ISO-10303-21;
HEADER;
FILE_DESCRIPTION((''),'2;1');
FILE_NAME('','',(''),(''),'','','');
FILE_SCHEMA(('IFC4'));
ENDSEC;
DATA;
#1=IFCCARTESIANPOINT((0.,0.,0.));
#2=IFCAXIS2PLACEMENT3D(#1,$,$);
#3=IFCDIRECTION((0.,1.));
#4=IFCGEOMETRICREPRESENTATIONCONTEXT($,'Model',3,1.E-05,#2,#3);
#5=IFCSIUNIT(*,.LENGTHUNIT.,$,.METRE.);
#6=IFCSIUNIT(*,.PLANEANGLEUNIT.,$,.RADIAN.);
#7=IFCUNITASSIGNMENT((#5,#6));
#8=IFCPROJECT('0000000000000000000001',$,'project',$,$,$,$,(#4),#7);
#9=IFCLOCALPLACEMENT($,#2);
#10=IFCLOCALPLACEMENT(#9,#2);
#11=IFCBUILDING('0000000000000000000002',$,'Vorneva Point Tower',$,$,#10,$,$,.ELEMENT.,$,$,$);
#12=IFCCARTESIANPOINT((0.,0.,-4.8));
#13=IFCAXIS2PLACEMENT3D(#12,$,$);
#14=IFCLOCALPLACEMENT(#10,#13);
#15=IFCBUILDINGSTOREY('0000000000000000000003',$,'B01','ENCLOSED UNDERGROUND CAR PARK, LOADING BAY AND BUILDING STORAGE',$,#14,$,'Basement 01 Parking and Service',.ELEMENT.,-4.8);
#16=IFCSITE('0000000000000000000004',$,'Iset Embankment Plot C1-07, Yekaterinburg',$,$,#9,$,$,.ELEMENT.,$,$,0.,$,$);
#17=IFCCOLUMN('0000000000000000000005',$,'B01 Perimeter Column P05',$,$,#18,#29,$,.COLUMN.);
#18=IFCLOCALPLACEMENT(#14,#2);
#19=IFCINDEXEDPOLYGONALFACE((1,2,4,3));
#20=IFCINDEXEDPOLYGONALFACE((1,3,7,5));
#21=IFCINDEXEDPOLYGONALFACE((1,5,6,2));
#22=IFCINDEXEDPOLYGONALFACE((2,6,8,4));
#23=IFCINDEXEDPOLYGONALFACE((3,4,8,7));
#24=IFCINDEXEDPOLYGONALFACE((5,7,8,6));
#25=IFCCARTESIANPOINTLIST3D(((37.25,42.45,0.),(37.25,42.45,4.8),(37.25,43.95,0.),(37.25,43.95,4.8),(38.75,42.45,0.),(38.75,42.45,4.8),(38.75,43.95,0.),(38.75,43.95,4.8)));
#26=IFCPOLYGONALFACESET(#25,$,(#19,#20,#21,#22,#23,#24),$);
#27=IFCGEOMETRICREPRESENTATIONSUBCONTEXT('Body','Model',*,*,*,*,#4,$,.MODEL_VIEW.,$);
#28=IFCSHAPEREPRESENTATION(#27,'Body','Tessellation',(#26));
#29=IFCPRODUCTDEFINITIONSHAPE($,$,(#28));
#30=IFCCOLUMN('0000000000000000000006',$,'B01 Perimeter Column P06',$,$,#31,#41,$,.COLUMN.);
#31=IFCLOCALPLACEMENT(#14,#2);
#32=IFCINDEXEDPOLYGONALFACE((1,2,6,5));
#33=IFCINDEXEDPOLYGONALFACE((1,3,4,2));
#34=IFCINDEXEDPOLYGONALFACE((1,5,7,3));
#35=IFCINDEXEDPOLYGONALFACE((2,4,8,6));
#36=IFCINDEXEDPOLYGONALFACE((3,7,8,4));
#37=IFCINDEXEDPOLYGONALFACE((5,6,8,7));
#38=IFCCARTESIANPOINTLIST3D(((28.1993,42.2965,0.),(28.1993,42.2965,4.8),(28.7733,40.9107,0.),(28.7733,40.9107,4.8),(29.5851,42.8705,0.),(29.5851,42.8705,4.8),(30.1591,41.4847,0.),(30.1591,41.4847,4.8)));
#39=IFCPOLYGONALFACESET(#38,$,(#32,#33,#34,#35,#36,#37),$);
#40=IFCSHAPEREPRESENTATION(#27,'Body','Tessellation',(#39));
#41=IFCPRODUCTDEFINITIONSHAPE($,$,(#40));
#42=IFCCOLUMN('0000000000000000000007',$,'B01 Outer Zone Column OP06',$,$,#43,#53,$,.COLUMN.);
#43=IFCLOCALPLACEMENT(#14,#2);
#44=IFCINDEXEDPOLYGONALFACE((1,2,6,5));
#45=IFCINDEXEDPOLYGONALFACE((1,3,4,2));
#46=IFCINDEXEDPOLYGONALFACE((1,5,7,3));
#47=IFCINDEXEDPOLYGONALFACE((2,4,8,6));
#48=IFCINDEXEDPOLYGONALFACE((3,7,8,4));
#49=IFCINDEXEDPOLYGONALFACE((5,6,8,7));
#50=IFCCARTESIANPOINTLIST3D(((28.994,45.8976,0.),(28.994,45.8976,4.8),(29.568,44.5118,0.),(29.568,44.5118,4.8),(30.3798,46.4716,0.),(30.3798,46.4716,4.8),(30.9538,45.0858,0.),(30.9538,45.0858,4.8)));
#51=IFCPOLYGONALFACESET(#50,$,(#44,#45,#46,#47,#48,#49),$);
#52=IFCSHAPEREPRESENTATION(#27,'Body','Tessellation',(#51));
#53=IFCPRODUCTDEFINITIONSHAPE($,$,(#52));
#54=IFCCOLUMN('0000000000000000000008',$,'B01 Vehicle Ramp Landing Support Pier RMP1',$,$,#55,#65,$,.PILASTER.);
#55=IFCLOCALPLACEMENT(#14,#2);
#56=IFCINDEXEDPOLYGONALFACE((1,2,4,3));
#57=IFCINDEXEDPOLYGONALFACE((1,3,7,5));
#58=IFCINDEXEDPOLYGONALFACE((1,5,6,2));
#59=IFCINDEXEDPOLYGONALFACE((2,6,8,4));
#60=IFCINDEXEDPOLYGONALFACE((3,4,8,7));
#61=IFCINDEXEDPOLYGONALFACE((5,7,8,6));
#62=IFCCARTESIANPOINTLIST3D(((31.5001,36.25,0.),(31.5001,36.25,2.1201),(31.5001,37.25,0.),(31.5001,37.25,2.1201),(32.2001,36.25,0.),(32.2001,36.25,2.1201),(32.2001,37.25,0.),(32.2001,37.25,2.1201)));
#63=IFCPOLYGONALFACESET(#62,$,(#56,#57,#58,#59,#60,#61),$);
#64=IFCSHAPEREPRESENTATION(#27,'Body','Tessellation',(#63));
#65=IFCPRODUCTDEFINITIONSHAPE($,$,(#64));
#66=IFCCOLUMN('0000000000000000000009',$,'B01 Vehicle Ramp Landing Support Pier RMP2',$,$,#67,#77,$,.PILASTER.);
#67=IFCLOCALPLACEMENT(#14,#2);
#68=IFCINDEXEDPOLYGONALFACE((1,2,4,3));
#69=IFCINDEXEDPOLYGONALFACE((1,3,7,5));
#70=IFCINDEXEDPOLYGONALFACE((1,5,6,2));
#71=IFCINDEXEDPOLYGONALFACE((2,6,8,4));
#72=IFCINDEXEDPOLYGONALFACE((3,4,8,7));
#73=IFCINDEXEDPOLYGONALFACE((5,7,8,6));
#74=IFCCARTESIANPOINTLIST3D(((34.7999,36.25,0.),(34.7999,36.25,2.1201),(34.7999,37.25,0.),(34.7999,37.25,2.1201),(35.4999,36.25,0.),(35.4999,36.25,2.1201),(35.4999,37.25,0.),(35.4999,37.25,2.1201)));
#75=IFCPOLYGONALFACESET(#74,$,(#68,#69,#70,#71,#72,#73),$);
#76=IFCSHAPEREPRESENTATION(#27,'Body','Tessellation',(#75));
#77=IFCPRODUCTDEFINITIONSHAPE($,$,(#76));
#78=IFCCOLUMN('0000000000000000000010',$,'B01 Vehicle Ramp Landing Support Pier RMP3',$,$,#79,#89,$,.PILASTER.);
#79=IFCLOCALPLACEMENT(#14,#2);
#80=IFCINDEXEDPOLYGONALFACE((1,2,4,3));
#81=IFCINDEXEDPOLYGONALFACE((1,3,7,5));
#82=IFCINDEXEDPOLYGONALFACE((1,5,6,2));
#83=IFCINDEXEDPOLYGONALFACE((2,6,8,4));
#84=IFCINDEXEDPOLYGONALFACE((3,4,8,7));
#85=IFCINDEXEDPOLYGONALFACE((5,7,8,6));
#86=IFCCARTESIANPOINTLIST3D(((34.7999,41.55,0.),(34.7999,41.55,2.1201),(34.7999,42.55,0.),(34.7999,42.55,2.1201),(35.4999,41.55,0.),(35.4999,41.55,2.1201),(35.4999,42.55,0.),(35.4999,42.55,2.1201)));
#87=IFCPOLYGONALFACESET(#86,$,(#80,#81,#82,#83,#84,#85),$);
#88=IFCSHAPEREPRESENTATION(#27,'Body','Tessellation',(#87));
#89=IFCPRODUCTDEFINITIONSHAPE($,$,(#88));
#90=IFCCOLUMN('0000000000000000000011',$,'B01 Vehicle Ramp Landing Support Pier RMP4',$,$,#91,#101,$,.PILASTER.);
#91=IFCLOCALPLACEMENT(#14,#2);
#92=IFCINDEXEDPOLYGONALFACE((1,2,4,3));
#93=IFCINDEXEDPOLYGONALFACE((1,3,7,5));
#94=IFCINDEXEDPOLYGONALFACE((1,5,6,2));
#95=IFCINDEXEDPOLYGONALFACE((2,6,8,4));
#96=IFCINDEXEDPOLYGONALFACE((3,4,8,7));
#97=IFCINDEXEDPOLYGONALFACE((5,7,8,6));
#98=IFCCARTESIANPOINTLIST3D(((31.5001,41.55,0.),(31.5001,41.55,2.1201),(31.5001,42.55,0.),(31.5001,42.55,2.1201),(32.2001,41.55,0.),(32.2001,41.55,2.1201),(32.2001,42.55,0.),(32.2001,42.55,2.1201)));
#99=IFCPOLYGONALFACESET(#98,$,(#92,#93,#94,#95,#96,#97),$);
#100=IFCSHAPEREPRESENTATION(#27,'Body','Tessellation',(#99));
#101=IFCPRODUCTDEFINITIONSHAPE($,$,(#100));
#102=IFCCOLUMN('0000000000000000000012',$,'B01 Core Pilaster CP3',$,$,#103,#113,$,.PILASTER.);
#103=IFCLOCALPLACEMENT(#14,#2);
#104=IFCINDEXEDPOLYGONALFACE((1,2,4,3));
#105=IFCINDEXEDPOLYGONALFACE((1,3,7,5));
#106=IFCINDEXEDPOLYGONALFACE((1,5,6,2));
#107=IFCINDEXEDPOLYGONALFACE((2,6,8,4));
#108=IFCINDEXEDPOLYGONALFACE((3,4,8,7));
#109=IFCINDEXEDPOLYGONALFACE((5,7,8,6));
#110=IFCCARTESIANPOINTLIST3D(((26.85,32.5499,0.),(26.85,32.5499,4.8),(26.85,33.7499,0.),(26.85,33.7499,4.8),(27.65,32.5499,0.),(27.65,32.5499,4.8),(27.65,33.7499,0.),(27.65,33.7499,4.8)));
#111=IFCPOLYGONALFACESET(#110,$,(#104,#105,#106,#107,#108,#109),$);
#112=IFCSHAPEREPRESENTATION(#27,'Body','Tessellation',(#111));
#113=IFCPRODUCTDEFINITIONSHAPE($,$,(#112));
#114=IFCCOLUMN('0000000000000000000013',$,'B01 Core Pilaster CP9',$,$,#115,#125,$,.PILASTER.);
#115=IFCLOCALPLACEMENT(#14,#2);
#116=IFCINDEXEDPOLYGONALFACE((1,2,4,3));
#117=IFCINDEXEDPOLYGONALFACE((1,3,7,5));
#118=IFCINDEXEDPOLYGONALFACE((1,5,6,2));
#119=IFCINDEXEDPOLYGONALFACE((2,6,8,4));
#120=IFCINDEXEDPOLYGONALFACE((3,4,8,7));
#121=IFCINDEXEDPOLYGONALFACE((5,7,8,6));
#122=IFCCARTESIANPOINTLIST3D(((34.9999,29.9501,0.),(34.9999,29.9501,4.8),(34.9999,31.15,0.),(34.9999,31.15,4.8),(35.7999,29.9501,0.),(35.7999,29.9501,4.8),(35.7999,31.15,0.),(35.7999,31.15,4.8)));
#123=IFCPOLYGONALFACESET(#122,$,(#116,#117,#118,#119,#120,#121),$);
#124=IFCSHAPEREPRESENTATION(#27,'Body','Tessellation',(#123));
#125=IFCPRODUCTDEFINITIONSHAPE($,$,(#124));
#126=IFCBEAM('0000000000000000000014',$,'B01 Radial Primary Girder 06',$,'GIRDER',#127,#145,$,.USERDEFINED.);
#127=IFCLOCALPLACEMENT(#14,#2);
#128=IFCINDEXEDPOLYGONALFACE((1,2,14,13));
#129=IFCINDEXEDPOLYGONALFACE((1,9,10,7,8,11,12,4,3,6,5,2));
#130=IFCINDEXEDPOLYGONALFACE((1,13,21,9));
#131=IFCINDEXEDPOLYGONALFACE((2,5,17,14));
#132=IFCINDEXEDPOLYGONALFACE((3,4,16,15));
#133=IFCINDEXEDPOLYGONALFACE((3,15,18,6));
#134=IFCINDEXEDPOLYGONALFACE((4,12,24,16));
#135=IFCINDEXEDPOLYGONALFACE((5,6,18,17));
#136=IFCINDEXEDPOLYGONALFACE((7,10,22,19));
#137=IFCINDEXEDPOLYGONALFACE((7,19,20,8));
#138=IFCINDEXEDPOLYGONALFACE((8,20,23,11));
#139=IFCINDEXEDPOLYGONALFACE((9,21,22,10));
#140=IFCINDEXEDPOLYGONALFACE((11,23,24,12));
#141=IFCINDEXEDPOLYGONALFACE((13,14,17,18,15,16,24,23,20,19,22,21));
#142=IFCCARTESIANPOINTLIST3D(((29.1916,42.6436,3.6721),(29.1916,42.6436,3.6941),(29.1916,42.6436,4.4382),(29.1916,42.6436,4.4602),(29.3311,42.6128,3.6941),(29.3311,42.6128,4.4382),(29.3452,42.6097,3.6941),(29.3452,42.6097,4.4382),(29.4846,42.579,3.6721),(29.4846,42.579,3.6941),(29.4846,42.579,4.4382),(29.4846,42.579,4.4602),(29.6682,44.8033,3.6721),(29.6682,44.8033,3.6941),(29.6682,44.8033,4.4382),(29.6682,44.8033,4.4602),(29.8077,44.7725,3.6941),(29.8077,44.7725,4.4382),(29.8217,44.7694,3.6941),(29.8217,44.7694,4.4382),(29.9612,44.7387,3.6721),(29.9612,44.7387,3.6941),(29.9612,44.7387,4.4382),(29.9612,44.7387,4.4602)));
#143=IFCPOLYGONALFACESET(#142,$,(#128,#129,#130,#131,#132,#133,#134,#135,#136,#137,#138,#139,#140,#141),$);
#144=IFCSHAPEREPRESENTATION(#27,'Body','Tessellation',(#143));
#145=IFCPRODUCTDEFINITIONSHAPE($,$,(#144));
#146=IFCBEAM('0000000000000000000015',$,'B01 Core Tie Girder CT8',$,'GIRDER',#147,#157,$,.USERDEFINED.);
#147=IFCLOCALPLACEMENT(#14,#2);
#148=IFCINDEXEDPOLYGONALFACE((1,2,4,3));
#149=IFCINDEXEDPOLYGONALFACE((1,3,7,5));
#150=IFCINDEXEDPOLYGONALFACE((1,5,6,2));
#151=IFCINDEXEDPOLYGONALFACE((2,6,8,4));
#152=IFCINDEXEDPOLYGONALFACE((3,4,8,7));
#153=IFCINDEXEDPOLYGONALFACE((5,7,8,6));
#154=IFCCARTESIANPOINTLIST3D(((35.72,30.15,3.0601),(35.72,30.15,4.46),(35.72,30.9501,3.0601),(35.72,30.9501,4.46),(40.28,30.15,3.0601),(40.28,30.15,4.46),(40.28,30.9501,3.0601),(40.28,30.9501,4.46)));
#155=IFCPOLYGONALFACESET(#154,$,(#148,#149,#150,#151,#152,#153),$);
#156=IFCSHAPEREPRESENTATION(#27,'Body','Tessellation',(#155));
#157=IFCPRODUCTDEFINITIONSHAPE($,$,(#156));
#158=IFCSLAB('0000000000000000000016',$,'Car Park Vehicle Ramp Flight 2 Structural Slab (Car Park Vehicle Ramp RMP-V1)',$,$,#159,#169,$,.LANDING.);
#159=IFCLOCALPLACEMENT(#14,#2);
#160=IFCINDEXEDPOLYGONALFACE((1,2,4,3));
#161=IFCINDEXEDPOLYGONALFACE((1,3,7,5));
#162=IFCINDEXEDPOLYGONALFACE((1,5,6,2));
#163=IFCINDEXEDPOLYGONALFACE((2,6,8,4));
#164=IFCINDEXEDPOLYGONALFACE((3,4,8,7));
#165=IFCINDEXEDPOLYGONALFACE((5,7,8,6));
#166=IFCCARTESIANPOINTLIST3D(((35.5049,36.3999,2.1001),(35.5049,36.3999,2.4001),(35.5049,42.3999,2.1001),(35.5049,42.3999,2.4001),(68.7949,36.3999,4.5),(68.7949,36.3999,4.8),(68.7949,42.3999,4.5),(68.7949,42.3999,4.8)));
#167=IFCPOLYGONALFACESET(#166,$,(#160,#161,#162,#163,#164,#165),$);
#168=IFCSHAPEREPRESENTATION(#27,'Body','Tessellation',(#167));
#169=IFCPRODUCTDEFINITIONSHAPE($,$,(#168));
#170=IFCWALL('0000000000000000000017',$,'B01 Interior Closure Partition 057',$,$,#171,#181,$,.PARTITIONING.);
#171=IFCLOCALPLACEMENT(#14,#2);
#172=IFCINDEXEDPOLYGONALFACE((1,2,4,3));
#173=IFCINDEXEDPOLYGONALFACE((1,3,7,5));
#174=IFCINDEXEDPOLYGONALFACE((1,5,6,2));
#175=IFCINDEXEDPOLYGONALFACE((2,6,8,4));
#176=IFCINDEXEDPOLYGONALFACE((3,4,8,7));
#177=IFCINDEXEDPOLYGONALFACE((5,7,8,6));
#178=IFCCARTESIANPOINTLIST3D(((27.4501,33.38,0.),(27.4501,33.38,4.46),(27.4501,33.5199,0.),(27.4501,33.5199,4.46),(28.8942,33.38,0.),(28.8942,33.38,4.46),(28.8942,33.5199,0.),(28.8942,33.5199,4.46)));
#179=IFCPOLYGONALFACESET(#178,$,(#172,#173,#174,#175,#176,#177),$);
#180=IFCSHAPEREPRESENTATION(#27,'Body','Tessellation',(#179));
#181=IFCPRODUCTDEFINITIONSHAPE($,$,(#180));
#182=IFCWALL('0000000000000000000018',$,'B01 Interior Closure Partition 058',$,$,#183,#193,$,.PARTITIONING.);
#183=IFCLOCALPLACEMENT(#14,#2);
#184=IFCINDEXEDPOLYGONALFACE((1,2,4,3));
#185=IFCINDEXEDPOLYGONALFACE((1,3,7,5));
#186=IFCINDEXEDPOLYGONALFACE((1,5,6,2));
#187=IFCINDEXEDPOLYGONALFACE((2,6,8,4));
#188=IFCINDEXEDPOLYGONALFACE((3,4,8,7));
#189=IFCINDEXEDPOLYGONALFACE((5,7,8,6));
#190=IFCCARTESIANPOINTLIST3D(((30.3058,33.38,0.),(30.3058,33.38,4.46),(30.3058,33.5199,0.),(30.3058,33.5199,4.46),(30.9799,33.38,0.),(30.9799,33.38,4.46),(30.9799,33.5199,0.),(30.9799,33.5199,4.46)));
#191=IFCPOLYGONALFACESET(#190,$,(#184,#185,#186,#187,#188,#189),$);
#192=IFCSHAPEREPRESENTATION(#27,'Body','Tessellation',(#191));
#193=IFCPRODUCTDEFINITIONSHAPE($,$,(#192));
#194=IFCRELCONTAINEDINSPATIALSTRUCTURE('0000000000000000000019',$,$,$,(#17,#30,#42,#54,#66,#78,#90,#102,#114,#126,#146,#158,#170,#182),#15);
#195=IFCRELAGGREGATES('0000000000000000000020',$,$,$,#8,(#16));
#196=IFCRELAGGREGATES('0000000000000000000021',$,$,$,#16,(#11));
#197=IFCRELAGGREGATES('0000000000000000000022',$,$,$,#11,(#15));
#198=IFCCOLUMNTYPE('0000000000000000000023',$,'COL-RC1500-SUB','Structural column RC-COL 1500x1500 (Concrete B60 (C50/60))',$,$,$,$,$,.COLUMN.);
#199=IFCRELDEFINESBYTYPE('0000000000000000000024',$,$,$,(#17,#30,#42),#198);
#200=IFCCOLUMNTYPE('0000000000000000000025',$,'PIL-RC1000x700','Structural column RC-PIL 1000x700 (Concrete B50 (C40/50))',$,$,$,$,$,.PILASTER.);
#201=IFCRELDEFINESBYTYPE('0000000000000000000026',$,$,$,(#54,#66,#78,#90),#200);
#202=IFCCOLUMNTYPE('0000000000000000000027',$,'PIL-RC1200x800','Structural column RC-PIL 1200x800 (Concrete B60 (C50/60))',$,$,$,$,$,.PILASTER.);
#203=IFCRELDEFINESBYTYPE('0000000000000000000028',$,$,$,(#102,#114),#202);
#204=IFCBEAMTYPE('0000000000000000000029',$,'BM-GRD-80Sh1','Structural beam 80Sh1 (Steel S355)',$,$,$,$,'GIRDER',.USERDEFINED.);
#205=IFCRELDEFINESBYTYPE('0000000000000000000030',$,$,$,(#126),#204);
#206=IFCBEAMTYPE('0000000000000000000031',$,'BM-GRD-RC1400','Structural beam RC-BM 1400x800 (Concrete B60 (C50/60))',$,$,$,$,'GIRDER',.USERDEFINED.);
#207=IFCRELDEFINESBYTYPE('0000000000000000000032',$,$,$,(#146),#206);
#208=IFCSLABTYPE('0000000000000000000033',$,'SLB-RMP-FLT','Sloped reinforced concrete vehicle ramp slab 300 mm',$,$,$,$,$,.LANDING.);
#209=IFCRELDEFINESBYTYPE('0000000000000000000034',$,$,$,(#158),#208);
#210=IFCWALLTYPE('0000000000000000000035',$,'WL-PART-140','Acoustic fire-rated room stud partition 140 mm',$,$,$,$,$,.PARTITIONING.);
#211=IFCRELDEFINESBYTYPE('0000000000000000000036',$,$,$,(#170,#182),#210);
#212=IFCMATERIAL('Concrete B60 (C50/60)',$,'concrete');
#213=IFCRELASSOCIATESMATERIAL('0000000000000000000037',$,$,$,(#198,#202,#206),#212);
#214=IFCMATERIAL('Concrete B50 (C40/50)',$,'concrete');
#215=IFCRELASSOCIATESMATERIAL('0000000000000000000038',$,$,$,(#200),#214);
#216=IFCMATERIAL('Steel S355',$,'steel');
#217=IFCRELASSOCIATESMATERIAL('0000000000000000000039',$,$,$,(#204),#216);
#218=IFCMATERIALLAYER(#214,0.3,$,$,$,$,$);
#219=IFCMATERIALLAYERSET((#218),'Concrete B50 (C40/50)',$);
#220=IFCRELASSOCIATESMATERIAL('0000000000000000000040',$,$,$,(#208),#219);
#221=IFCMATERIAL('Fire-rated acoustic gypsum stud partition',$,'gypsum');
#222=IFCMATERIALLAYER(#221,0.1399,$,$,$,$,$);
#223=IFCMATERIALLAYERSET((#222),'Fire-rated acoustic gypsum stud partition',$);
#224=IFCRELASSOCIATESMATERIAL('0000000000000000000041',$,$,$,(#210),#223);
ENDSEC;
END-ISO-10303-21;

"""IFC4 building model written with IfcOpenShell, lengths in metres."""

from ifc_helpers import new_model, si_unit, direction, frame, frame_2d, origin, origin_2d, place, context, subcontext, project, spatial, polyline, rectangle, i_section, outline, extrude, material, layer, layer_set, material_profile, profile_set, type_object, element, save


model = new_model("IFC4")

# Units and contexts
model_context = context("Model", 3, precision=1e-05, world=origin(), true_north=direction((0.0, 1.0)))
body_context = subcontext(model_context, "Body", "Model", "MODEL_VIEW")
ifc_project = project(units=[si_unit("LENGTHUNIT", "METRE"), si_unit("PLANEANGLEUNIT", "RADIAN")], contexts=[model_context])

# Site, building, storey
site_placement = place(None, origin())
site = spatial("IfcSite", under=ifc_project, at=site_placement, Name="Iset Embankment Plot C1-07, Yekaterinburg", CompositionType="ELEMENT", RefElevation=0.0)
building_placement = place(site_placement, origin())
building = spatial("IfcBuilding", under=site, at=building_placement, Name="Vorneva Point Tower", CompositionType="ELEMENT")
storey_placement = place(building_placement, frame((0.0, 0.0, -4.8)))
storey = spatial("IfcBuildingStorey", under=building, at=storey_placement, Name="B01", Description="ENCLOSED UNDERGROUND CAR PARK, LOADING BAY AND BUILDING STORAGE", LongName="Basement 01 Parking and Service", CompositionType="ELEMENT", Elevation=-4.8)

# Columns
ifc_material_1 = material(Name="Concrete B60 (C50/60)", Category="concrete")
ifc_material_profile_1 = material_profile(ifc_material_1, rectangle(XDim=1.5, YDim=1.5, at=origin_2d()), Name="RC-COL 1500x1500")
ifc_profile_set_1 = profile_set([ifc_material_profile_1], Name="Concrete B60 (C50/60)")
column_type_1 = type_object("IfcColumnType", Name="COL-RC1500-SUB", Description="Structural column RC-COL 1500x1500 (Concrete B60 (C50/60))", PredefinedType="COLUMN", material=ifc_profile_set_1)
for number, where, z_axis, x_axis, name in (
    (1, (38.0, 43.2, 0.0), (0.0, 0.0, 1.0), (0.0, 1.0, 0.0), "B01 Perimeter Column P05"),
    (2, (29.1792, 41.8906, 0.0), (0.0, 0.0, 1.0), (-0.382683, 0.92388, 0.0), "B01 Perimeter Column P06"),
    (3, (29.9739, 45.4917, 0.0), (0.0, 0.0, 1.0), (-0.382683, 0.92388, 0.0), "B01 Outer Zone Column OP06"),
):
    element("IfcColumn", number, at=place(storey_placement, frame(where, z_axis=z_axis, x_axis=x_axis)), inside=storey, type_object=column_type_1, Name=name, PredefinedType="COLUMN", context=body_context, shape_type="SweptSolid", body=[
        extrude(rectangle(XDim=1.5, YDim=1.5, at=origin_2d()), origin(), (0.0, 0.0, 1.0), 4.8),
    ])
ifc_material_2 = material(Name="Concrete B50 (C40/50)", Category="concrete")
ifc_material_profile_2 = material_profile(ifc_material_2, rectangle(XDim=0.7, YDim=1.0, at=origin_2d()), Name="RC-PIL 1000x700")
ifc_profile_set_2 = profile_set([ifc_material_profile_2], Name="Concrete B50 (C40/50)")
column_type_2 = type_object("IfcColumnType", Name="PIL-RC1000x700", Description="Structural column RC-PIL 1000x700 (Concrete B50 (C40/50))", PredefinedType="PILASTER", material=ifc_profile_set_2)
for number, where, z_axis, x_axis, name in (
    (4, (31.8501, 36.75, 0.0), (0.0, 0.0, 1.0), (1.0, 0.0, 0.0), "B01 Vehicle Ramp Landing Support Pier RMP1"),
    (5, (35.1499, 36.75, 0.0), (0.0, 0.0, 1.0), (1.0, 0.0, 0.0), "B01 Vehicle Ramp Landing Support Pier RMP2"),
    (6, (35.1499, 42.05, 0.0), (0.0, 0.0, 1.0), (1.0, 0.0, 0.0), "B01 Vehicle Ramp Landing Support Pier RMP3"),
    (7, (31.8501, 42.05, 0.0), (0.0, 0.0, 1.0), (1.0, 0.0, 0.0), "B01 Vehicle Ramp Landing Support Pier RMP4"),
):
    element("IfcColumn", number, at=place(storey_placement, frame(where, z_axis=z_axis, x_axis=x_axis)), inside=storey, type_object=column_type_2, Name=name, PredefinedType="PILASTER", context=body_context, shape_type="SweptSolid", body=[
        extrude(rectangle(XDim=0.7, YDim=1.0, at=origin_2d()), origin(), (0.0, 0.0, 1.0), 2.1201),
    ])
ifc_material_profile_3 = material_profile(ifc_material_1, rectangle(XDim=0.8, YDim=1.2, at=origin_2d()), Name="RC-PIL 1200x800")
ifc_profile_set_3 = profile_set([ifc_material_profile_3], Name="Concrete B60 (C50/60)")
column_type_3 = type_object("IfcColumnType", Name="PIL-RC1200x800", Description="Structural column RC-PIL 1200x800 (Concrete B60 (C50/60))", PredefinedType="PILASTER", material=ifc_profile_set_3)
for number, where, z_axis, x_axis, name in (
    (8, (27.25, 33.1499, 0.0), (0.0, 0.0, 1.0), (1.0, 0.0, 0.0), "B01 Core Pilaster CP3"),
    (9, (35.3999, 30.55, 0.0), (0.0, 0.0, 1.0), (1.0, 0.0, 0.0), "B01 Core Pilaster CP9"),
):
    element("IfcColumn", number, at=place(storey_placement, frame(where, z_axis=z_axis, x_axis=x_axis)), inside=storey, type_object=column_type_3, Name=name, PredefinedType="PILASTER", context=body_context, shape_type="SweptSolid", body=[
        extrude(rectangle(XDim=0.8, YDim=1.2, at=origin_2d()), origin(), (0.0, 0.0, 1.0), 4.8),
    ])

# Beams
ifc_material_3 = material(Name="Steel S355", Category="steel")
ifc_material_profile_4 = material_profile(ifc_material_3, i_section(OverallWidth=0.3, OverallDepth=0.7881, WebThickness=0.0144, FlangeThickness=0.022, at=origin_2d()), Name="80Sh1")
ifc_profile_set_4 = profile_set([ifc_material_profile_4], Name="Steel S355")
beam_type_1 = type_object("IfcBeamType", Name="BM-GRD-80Sh1", Description="Structural beam 80Sh1 (Steel S355)", ElementType="GIRDER", PredefinedType="USERDEFINED", material=ifc_profile_set_4)
beam_1_placement = place(storey_placement, frame((29.8147, 44.771, 4.0662), z_axis=(-0.215481, -0.976508, 0.0), x_axis=(0.976508, -0.215481, 0.0)))
element("IfcBeam", 10, at=beam_1_placement, inside=storey, type_object=beam_type_1, Name="B01 Radial Primary Girder 06", ObjectType="GIRDER", PredefinedType="USERDEFINED", context=body_context, shape_type="SweptSolid", body=[
    extrude(i_section(OverallWidth=0.3, OverallDepth=0.7881, WebThickness=0.0144, FlangeThickness=0.022, at=origin_2d()), origin(), (0.0, 0.0, 1.0), 2.2117),
])
ifc_material_profile_5 = material_profile(ifc_material_1, rectangle(XDim=0.8, YDim=1.3999, at=origin_2d()), Name="RC-BM 1400x800")
ifc_profile_set_5 = profile_set([ifc_material_profile_5], Name="Concrete B60 (C50/60)")
beam_type_2 = type_object("IfcBeamType", Name="BM-GRD-RC1400", Description="Structural beam RC-BM 1400x800 (Concrete B60 (C50/60))", ElementType="GIRDER", PredefinedType="USERDEFINED", material=ifc_profile_set_5)
beam_2_placement = place(storey_placement, frame((35.72, 30.55, 3.76), z_axis=(1.0, 0.0, 0.0), x_axis=(0.0, 1.0, 0.0)))
element("IfcBeam", 11, at=beam_2_placement, inside=storey, type_object=beam_type_2, Name="B01 Core Tie Girder CT8", ObjectType="GIRDER", PredefinedType="USERDEFINED", context=body_context, shape_type="SweptSolid", body=[
    extrude(rectangle(XDim=0.8, YDim=1.3999, at=origin_2d()), origin(), (0.0, 0.0, 1.0), 4.5601),
])

# Slab
ifc_layer_1 = layer(ifc_material_2, 0.3)
ifc_layer_set_1 = layer_set([ifc_layer_1], Name="Concrete B50 (C40/50)")
slab_type = type_object("IfcSlabType", Name="SLB-RMP-FLT", Description="Sloped reinforced concrete vehicle ramp slab 300 mm", PredefinedType="LANDING", material=ifc_layer_set_1)
slab_placement = place(storey_placement, frame((35.5049, 39.3999, 2.4001), z_axis=(0.0, 0.0, 1.0), x_axis=(1.0, 0.0, 0.0)))
element("IfcSlab", 12, at=slab_placement, inside=storey, type_object=slab_type, Name="Car Park Vehicle Ramp Flight 2 Structural Slab (Car Park Vehicle Ramp RMP-V1)", PredefinedType="LANDING", context=body_context, shape_type="SweptSolid", body=[
    extrude(outline(polyline([(0.0, -0.3), (33.29, 2.0999), (33.29, 2.3999), (0.0, 0.0), (0.0, -0.3)])), frame((0.0, 3.0, 0.0), z_axis=(0.0, -1.0, 0.0), x_axis=(1.0, 0.0, 0.0)), (0.0, 0.0, 1.0), 6.0),
])

# Walls
ifc_material_4 = material(Name="Fire-rated acoustic gypsum stud partition", Category="gypsum")
ifc_layer_2 = layer(ifc_material_4, 0.1399)
ifc_layer_set_2 = layer_set([ifc_layer_2], Name="Fire-rated acoustic gypsum stud partition")
wall_type_1 = type_object("IfcWallType", Name="WL-PART-140", Description="Acoustic fire-rated room stud partition 140 mm", PredefinedType="PARTITIONING", material=ifc_layer_set_2)
wall_1_placement = place(storey_placement, frame((27.45, 33.45, 0.0), z_axis=(0.0, 0.0, 1.0), x_axis=(1.0, 0.0, 0.0)))
element("IfcWall", 13, at=wall_1_placement, inside=storey, type_object=wall_type_1, Name="B01 Interior Closure Partition 057", PredefinedType="PARTITIONING", context=body_context, shape_type="SweptSolid", body=[
    extrude(rectangle(XDim=1.4441, YDim=0.1399, at=frame_2d((0.7222, 0.0))), origin(), (0.0, 0.0, 1.0), 4.46),
])
wall_2_placement = place(storey_placement, frame((30.3059, 33.45, 0.0), z_axis=(0.0, 0.0, 1.0), x_axis=(1.0, 0.0, 0.0)))
element("IfcWall", 14, at=wall_2_placement, inside=storey, type_object=wall_type_1, Name="B01 Interior Closure Partition 058", PredefinedType="PARTITIONING", context=body_context, shape_type="SweptSolid", body=[
    extrude(rectangle(XDim=0.6741, YDim=0.1399, at=frame_2d((0.3369, 0.0))), origin(), (0.0, 0.0, 1.0), 4.46),
])

save(model, "model.ifc")
